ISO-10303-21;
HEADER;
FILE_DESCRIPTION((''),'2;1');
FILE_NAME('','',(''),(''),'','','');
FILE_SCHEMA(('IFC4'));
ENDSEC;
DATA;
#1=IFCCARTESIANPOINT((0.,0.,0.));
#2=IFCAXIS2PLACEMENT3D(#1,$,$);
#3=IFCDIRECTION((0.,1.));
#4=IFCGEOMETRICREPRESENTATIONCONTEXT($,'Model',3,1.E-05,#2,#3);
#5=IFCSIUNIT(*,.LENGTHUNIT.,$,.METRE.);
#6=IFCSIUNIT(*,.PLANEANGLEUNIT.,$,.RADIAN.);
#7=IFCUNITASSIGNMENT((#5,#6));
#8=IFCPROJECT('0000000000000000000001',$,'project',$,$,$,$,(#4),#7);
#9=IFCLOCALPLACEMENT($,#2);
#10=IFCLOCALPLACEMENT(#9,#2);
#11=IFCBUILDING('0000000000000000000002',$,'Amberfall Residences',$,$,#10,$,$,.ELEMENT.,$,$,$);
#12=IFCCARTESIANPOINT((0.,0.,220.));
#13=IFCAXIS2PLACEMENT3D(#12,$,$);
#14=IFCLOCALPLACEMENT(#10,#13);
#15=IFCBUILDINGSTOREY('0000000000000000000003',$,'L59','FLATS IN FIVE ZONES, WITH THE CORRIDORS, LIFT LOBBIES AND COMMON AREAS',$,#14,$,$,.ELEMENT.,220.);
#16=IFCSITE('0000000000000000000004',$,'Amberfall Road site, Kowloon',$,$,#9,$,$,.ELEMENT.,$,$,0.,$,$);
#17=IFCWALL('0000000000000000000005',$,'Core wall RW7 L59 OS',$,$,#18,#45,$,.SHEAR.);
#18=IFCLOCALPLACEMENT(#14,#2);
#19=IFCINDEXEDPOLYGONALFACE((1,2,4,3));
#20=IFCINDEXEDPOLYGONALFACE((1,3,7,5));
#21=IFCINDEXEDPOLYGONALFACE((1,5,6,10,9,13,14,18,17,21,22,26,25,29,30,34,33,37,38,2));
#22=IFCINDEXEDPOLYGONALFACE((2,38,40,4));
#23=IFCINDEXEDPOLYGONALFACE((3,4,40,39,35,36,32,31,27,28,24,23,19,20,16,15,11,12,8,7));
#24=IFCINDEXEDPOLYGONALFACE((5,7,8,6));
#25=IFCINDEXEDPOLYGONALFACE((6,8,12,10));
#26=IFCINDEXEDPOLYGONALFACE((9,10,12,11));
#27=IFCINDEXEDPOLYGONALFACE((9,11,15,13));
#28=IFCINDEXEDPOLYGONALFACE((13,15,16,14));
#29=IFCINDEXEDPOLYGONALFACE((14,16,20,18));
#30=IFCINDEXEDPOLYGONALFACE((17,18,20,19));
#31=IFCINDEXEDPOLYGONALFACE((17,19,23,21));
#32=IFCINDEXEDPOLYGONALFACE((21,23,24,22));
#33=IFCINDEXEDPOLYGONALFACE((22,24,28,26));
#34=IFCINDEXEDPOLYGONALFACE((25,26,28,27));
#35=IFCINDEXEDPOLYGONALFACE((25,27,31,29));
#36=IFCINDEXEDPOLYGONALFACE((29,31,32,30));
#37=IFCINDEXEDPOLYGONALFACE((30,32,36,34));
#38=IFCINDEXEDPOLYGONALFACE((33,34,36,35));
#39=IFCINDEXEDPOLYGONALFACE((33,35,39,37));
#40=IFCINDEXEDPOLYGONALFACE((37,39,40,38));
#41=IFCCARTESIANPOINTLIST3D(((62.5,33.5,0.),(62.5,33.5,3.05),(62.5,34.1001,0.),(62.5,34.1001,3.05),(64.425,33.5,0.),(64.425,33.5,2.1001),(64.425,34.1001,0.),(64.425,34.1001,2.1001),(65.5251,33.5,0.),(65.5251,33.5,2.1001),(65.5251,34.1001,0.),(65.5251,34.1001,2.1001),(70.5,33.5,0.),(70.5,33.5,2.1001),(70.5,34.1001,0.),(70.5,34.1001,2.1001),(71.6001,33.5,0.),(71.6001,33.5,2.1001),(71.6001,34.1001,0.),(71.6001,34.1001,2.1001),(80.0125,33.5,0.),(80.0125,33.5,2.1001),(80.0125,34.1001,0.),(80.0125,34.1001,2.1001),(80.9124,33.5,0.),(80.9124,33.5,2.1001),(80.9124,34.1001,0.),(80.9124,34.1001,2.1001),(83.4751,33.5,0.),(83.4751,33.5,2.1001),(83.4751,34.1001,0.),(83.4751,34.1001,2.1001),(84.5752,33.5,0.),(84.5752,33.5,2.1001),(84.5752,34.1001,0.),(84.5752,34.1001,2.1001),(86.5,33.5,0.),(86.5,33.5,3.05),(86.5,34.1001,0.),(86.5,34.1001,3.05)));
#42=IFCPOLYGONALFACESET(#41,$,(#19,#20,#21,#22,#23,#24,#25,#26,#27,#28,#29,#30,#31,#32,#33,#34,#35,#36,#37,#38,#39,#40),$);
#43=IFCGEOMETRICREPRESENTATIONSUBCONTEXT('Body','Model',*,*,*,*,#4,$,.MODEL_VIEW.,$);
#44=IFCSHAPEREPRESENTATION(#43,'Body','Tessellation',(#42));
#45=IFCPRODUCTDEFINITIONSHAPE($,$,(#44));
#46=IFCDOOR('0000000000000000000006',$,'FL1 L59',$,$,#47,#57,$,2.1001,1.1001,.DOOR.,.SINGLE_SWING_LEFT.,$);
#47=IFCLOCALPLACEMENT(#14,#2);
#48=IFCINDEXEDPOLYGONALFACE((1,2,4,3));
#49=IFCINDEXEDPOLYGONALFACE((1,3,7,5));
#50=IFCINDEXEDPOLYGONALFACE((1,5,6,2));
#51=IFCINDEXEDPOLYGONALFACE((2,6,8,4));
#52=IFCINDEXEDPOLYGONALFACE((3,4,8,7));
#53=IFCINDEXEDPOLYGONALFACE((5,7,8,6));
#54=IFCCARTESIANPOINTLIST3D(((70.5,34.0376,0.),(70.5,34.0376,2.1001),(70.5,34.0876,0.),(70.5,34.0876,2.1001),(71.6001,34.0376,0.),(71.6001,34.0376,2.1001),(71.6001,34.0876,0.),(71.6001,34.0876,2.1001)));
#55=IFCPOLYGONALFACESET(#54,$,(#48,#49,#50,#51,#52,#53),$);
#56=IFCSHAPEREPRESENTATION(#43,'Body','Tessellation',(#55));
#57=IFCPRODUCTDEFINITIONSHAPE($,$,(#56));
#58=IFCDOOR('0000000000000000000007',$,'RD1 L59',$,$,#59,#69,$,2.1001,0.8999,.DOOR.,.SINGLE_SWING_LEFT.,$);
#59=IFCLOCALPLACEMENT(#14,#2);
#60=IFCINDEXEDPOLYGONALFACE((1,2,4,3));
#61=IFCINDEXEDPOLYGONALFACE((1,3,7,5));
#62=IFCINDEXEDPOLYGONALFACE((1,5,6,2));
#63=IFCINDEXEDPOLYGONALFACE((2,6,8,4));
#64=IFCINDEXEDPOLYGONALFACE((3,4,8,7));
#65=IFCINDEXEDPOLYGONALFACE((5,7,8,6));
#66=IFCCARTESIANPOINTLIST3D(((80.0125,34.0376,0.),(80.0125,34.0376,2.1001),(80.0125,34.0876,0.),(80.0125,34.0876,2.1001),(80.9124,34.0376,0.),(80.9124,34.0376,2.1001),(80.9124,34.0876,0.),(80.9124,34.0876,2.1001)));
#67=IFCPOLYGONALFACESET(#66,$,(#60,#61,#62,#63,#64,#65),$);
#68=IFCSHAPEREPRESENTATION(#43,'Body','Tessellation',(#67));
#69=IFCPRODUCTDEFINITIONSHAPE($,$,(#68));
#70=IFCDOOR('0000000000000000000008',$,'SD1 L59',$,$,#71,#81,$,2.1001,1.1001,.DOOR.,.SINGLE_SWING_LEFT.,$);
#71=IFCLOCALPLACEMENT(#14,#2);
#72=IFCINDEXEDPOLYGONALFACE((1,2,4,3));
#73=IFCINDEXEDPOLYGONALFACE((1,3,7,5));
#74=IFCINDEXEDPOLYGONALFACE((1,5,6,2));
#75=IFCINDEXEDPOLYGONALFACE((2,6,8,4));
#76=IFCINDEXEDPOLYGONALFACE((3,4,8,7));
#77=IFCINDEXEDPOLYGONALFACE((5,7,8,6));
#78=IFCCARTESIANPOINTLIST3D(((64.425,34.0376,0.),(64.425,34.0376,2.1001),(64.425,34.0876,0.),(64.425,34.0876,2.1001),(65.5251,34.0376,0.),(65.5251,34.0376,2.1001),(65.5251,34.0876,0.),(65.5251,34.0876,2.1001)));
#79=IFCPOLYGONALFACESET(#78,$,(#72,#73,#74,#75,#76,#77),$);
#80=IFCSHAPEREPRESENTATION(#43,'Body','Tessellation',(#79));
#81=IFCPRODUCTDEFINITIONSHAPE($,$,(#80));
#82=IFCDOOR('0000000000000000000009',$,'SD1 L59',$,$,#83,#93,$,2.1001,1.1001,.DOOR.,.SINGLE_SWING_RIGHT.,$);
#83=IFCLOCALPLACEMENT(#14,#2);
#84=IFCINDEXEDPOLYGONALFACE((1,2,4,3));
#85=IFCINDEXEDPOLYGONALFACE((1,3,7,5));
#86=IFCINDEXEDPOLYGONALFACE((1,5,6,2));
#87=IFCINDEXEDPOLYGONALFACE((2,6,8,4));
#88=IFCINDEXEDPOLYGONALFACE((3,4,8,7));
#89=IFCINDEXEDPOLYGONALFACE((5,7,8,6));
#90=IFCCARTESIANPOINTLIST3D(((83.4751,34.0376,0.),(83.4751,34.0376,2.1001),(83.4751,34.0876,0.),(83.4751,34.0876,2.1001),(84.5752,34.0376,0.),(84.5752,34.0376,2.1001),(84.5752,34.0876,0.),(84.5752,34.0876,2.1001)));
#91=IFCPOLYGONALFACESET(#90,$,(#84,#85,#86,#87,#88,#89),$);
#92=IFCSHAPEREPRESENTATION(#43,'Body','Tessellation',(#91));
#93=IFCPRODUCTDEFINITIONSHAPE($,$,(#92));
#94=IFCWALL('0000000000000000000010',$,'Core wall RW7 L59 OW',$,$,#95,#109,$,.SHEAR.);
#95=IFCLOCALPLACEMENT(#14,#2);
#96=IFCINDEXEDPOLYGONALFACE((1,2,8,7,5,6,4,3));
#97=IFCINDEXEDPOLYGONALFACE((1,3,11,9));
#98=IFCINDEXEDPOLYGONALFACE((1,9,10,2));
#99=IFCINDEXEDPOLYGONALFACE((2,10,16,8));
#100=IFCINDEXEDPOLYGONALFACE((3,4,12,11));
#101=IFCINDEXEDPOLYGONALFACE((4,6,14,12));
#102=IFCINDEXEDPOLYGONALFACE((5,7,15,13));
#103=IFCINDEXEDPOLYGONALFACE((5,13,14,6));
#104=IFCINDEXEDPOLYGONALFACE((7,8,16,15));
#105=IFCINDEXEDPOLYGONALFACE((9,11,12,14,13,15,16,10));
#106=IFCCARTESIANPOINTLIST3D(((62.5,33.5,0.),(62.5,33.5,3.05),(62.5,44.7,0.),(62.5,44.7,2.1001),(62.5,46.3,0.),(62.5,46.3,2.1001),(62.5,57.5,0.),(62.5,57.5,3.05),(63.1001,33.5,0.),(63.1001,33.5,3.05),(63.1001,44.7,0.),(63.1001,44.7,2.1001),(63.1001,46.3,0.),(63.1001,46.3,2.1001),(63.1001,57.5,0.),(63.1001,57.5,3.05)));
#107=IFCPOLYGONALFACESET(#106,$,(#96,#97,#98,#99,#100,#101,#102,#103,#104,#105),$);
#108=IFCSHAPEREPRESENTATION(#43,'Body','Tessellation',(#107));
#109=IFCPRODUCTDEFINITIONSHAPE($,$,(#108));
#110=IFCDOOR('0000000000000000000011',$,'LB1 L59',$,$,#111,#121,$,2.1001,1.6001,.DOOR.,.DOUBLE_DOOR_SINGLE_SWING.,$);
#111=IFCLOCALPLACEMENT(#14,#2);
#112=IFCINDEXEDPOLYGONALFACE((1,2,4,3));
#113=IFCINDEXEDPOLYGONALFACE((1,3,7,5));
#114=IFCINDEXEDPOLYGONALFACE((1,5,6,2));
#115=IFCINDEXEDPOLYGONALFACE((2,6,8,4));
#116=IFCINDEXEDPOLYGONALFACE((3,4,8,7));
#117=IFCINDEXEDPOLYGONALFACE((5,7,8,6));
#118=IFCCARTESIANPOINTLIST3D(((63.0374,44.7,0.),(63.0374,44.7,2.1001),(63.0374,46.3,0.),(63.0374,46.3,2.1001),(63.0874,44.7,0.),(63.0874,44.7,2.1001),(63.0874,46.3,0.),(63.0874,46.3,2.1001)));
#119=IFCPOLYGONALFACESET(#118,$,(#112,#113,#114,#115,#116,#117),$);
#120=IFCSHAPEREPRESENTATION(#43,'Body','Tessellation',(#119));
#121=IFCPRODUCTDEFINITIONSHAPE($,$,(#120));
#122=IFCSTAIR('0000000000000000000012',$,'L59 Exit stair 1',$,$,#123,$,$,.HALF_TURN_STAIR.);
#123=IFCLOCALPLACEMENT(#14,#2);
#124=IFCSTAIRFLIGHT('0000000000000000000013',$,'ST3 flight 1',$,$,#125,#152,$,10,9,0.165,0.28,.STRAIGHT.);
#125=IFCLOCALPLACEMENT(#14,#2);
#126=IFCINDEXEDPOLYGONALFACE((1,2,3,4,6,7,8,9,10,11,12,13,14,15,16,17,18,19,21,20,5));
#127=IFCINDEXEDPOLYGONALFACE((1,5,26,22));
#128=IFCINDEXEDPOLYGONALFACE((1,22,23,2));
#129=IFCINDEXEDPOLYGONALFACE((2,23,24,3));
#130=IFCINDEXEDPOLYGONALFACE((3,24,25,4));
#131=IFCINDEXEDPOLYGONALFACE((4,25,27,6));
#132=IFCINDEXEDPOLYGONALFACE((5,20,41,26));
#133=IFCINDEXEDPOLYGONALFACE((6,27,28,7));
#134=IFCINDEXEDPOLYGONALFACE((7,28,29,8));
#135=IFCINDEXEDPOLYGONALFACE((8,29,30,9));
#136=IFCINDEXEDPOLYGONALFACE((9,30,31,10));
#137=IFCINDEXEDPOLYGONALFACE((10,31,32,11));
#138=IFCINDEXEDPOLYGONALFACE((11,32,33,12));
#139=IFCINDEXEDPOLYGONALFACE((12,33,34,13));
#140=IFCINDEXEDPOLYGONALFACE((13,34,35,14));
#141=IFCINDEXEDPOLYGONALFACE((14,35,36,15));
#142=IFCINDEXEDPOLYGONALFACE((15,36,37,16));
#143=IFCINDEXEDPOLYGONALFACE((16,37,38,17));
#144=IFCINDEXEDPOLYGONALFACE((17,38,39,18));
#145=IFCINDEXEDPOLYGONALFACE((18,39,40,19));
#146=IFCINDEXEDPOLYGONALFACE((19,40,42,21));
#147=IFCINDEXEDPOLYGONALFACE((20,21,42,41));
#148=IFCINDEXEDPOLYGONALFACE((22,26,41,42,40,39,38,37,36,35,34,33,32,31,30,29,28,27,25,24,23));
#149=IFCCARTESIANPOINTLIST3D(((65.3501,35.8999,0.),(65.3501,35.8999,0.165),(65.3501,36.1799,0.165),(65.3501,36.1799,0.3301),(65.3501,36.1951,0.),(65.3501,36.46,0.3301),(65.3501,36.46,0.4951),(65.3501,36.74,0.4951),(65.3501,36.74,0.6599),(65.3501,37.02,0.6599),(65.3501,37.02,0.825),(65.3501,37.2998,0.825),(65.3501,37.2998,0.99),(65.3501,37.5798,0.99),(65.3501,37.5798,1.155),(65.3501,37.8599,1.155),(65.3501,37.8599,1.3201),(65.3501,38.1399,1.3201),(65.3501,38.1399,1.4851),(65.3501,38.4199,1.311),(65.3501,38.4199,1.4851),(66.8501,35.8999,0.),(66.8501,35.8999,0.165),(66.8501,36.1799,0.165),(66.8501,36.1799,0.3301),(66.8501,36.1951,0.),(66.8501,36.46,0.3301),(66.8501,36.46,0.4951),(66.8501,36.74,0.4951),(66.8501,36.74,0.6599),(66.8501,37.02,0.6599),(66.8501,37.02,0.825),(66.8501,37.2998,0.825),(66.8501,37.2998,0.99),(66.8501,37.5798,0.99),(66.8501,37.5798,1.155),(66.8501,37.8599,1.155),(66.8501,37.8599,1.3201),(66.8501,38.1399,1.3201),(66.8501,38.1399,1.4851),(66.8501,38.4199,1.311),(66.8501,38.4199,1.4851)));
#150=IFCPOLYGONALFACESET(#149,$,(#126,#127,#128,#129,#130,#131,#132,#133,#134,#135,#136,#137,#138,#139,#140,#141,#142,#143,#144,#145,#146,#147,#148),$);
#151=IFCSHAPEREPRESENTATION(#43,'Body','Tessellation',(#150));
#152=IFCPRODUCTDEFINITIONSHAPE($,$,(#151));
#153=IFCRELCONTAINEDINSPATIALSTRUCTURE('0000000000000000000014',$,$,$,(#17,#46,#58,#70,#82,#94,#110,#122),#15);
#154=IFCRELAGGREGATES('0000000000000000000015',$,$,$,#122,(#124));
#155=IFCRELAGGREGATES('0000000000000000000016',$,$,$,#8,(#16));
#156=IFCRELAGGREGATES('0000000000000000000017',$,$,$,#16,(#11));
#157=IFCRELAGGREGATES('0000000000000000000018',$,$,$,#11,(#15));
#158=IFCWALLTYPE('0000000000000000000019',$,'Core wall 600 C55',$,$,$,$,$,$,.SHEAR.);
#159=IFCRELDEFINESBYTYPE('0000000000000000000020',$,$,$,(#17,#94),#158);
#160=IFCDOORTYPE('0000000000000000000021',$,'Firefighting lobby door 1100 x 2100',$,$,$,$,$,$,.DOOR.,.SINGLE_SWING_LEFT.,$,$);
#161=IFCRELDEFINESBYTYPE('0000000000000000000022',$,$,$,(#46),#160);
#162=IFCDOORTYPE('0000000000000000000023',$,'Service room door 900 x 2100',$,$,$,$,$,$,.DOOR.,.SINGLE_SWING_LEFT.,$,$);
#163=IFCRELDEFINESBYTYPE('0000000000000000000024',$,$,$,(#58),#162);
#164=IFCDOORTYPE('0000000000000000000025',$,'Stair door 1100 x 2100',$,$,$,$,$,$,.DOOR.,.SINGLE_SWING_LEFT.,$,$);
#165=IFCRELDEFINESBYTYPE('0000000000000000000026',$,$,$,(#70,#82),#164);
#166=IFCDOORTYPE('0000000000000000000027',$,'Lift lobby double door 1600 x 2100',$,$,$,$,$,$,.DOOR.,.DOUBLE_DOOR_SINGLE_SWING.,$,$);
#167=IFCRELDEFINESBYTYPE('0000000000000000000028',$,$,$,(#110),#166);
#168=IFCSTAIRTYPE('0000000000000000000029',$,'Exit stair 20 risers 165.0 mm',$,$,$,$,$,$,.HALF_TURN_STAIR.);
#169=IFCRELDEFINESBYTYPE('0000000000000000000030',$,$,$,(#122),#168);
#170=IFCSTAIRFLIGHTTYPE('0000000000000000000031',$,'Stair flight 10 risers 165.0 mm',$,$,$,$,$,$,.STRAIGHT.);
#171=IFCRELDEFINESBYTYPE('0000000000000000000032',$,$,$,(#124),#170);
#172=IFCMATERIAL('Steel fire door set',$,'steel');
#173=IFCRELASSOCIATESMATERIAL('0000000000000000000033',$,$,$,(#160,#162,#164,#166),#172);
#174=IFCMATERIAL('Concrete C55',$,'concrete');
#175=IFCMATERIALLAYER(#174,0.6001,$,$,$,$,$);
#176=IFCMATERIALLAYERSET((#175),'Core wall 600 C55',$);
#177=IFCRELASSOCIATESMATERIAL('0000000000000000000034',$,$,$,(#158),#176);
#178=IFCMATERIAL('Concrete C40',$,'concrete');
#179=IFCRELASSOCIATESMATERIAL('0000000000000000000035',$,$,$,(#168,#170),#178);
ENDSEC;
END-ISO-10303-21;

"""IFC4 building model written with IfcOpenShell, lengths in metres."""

from ifc_helpers import new_model, si_unit, direction, frame, frame_2d, origin, place, context, subcontext, project, spatial, polyline, rectangle, outline, extrude, material, layer, layer_set, type_object, element, fill, aggregate, save


model = new_model("IFC4")

# Units and contexts
model_context = context("Model", 3, precision=1e-05, world=origin(), true_north=direction((0.0, 1.0)))
body_context = subcontext(model_context, "Body", "Model", "MODEL_VIEW")
ifc_project = project(units=[si_unit("LENGTHUNIT", "METRE"), si_unit("PLANEANGLEUNIT", "RADIAN")], contexts=[model_context])

# Site, building, storey
site_placement = place(None, origin())
site = spatial("IfcSite", under=ifc_project, at=site_placement, Name="Amberfall Road site, Kowloon", CompositionType="ELEMENT", RefElevation=0.0)
building_placement = place(site_placement, origin())
building = spatial("IfcBuilding", under=site, at=building_placement, Name="Amberfall Residences", CompositionType="ELEMENT")
storey_placement = place(building_placement, frame((0.0, 0.0, 220.0)))
storey = spatial("IfcBuildingStorey", under=building, at=storey_placement, Name="L59", Description="FLATS IN FIVE ZONES, WITH THE CORRIDORS, LIFT LOBBIES AND COMMON AREAS", CompositionType="ELEMENT", Elevation=220.0)

# Shared definitions
ifc_material_1 = material(Name="Concrete C55", Category="concrete")

# Shared definitions
ifc_material_2 = material(Name="Steel fire door set", Category="steel")
door_type_1 = type_object("IfcDoorType", Name="Firefighting lobby door 1100 x 2100", OperationType="SINGLE_SWING_LEFT", PredefinedType="DOOR", material=ifc_material_2)

# Wall, openings, doors
ifc_layer_1 = layer(ifc_material_1, 0.6001)
ifc_layer_set_1 = layer_set([ifc_layer_1], Name="Core wall 600 C55")
wall_type_1 = type_object("IfcWallType", Name="Core wall 600 C55", PredefinedType="SHEAR", material=ifc_layer_set_1)
wall_1_placement = place(storey_placement, frame((62.5, 33.8, 0.0), z_axis=(0.0, 0.0, 1.0), x_axis=(1.0, 0.0, 0.0)))
wall_1 = element("IfcWall", 1, at=wall_1_placement, inside=storey, type_object=wall_type_1, Name="Core wall RW7 L59 OS", PredefinedType="SHEAR", context=body_context, shape_type="SweptSolid", body=[
    extrude(rectangle(XDim=24.0, YDim=0.6001, at=frame_2d((12.0, 0.0))), origin(), (0.0, 0.0, 1.0), 3.05),
])
opening_1_placement = place(wall_1_placement, frame((1.925, 0.0, 0.0)))
opening_1 = element("IfcOpeningElement", 2, at=opening_1_placement, cuts=wall_1, PredefinedType="OPENING", context=body_context, shape_type="SweptSolid", body=[
    extrude(rectangle(XDim=1.1001, YDim=2.1001, at=frame_2d((0.55, 1.05))), frame((0.0, 0.3101, 0.0), z_axis=(0.0, -1.0, 0.0), x_axis=(1.0, 0.0, 0.0)), (0.0, 0.0, 1.0), 0.6201),
])
opening_2_placement = place(wall_1_placement, frame((20.9751, 0.0, 0.0)))
opening_2 = element("IfcOpeningElement", 3, at=opening_2_placement, cuts=wall_1, PredefinedType="OPENING", context=body_context, shape_type="SweptSolid", body=[
    extrude(rectangle(XDim=1.1001, YDim=2.1001, at=frame_2d((0.55, 1.05))), frame((0.0, 0.3101, 0.0), z_axis=(0.0, -1.0, 0.0), x_axis=(1.0, 0.0, 0.0)), (0.0, 0.0, 1.0), 0.6201),
])
opening_3_placement = place(wall_1_placement, frame((8.0, 0.0, 0.0)))
opening_3 = element("IfcOpeningElement", 4, at=opening_3_placement, cuts=wall_1, PredefinedType="OPENING", context=body_context, shape_type="SweptSolid", body=[
    extrude(rectangle(XDim=1.1001, YDim=2.1001, at=frame_2d((0.55, 1.05))), frame((0.0, 0.3101, 0.0), z_axis=(0.0, -1.0, 0.0), x_axis=(1.0, 0.0, 0.0)), (0.0, 0.0, 1.0), 0.6201),
])
opening_4_placement = place(wall_1_placement, frame((17.5125, 0.0, 0.0)))
opening_4 = element("IfcOpeningElement", 5, at=opening_4_placement, cuts=wall_1, PredefinedType="OPENING", context=body_context, shape_type="SweptSolid", body=[
    extrude(rectangle(XDim=0.8999, YDim=2.1001, at=frame_2d((0.45, 1.05))), frame((0.0, 0.3101, 0.0), z_axis=(0.0, -1.0, 0.0), x_axis=(1.0, 0.0, 0.0)), (0.0, 0.0, 1.0), 0.6201),
])
door_1_placement = place(opening_3_placement, origin())
door_1 = element("IfcDoor", 6, at=door_1_placement, inside=storey, type_object=door_type_1, Name="FL1 L59", OperationType="SINGLE_SWING_LEFT", OverallHeight=2.1001, OverallWidth=1.1001, PredefinedType="DOOR", context=body_context, shape_type="SweptSolid", body=[
    extrude(rectangle(XDim=1.1001, YDim=2.1001, at=frame_2d((0.55, 1.05))), frame((0.0, 0.2876, 0.0), z_axis=(0.0, -1.0, 0.0), x_axis=(1.0, 0.0, 0.0)), (0.0, 0.0, 1.0), 0.05),
])
fill(opening_3, door_1)
door_type_2 = type_object("IfcDoorType", Name="Service room door 900 x 2100", OperationType="SINGLE_SWING_LEFT", PredefinedType="DOOR", material=ifc_material_2)
door_2_placement = place(opening_4_placement, origin())
door_2 = element("IfcDoor", 7, at=door_2_placement, inside=storey, type_object=door_type_2, Name="RD1 L59", OperationType="SINGLE_SWING_LEFT", OverallHeight=2.1001, OverallWidth=0.8999, PredefinedType="DOOR", context=body_context, shape_type="SweptSolid", body=[
    extrude(rectangle(XDim=0.8999, YDim=2.1001, at=frame_2d((0.45, 1.05))), frame((0.0, 0.2876, 0.0), z_axis=(0.0, -1.0, 0.0), x_axis=(1.0, 0.0, 0.0)), (0.0, 0.0, 1.0), 0.05),
])
fill(opening_4, door_2)
door_type_3 = type_object("IfcDoorType", Name="Stair door 1100 x 2100", OperationType="SINGLE_SWING_LEFT", PredefinedType="DOOR", material=ifc_material_2)
door_3_placement = place(opening_1_placement, origin())
door_3 = element("IfcDoor", 8, at=door_3_placement, inside=storey, type_object=door_type_3, Name="SD1 L59", OperationType="SINGLE_SWING_LEFT", OverallHeight=2.1001, OverallWidth=1.1001, PredefinedType="DOOR", context=body_context, shape_type="SweptSolid", body=[
    extrude(rectangle(XDim=1.1001, YDim=2.1001, at=frame_2d((0.55, 1.05))), frame((0.0, 0.2876, 0.0), z_axis=(0.0, -1.0, 0.0), x_axis=(1.0, 0.0, 0.0)), (0.0, 0.0, 1.0), 0.05),
])
fill(opening_1, door_3)
door_4_placement = place(opening_2_placement, origin())
door_4 = element("IfcDoor", 9, at=door_4_placement, inside=storey, type_object=door_type_3, Name="SD1 L59", OperationType="SINGLE_SWING_RIGHT", OverallHeight=2.1001, OverallWidth=1.1001, PredefinedType="DOOR", context=body_context, shape_type="SweptSolid", body=[
    extrude(rectangle(XDim=1.1001, YDim=2.1001, at=frame_2d((0.55, 1.05))), frame((0.0, 0.2876, 0.0), z_axis=(0.0, -1.0, 0.0), x_axis=(1.0, 0.0, 0.0)), (0.0, 0.0, 1.0), 0.05),
])
fill(opening_2, door_4)

# Wall, opening, door
wall_2_placement = place(storey_placement, frame((62.8, 33.5, 0.0), z_axis=(0.0, 0.0, 1.0), x_axis=(0.0, 1.0, 0.0)))
wall_2 = element("IfcWall", 10, at=wall_2_placement, inside=storey, type_object=wall_type_1, Name="Core wall RW7 L59 OW", PredefinedType="SHEAR", context=body_context, shape_type="SweptSolid", body=[
    extrude(rectangle(XDim=24.0, YDim=0.6001, at=frame_2d((12.0, 0.0))), origin(), (0.0, 0.0, 1.0), 3.05),
])
opening_5_placement = place(wall_2_placement, frame((11.2, 0.0, 0.0)))
opening_5 = element("IfcOpeningElement", 11, at=opening_5_placement, cuts=wall_2, PredefinedType="OPENING", context=body_context, shape_type="SweptSolid", body=[
    extrude(rectangle(XDim=1.6001, YDim=2.1001, at=frame_2d((0.8, 1.05))), frame((0.0, 0.3101, 0.0), z_axis=(0.0, -1.0, 0.0), x_axis=(1.0, 0.0, 0.0)), (0.0, 0.0, 1.0), 0.6201),
])
door_type_4 = type_object("IfcDoorType", Name="Lift lobby double door 1600 x 2100", OperationType="DOUBLE_DOOR_SINGLE_SWING", PredefinedType="DOOR", material=ifc_material_2)
door_5_placement = place(opening_5_placement, origin())
door_5 = element("IfcDoor", 12, at=door_5_placement, inside=storey, type_object=door_type_4, Name="LB1 L59", OperationType="DOUBLE_DOOR_SINGLE_SWING", OverallHeight=2.1001, OverallWidth=1.6001, PredefinedType="DOOR", context=body_context, shape_type="SweptSolid", body=[
    extrude(rectangle(XDim=1.6001, YDim=2.1001, at=frame_2d((0.8, 1.05))), frame((0.0, -0.2373, 0.0), z_axis=(0.0, -1.0, 0.0), x_axis=(1.0, 0.0, 0.0)), (0.0, 0.0, 1.0), 0.05),
])
fill(opening_5, door_5)

# Stair, stair flight
ifc_material_3 = material(Name="Concrete C40", Category="concrete")
stair_type = type_object("IfcStairType", Name="Exit stair 20 risers 165.0 mm", PredefinedType="HALF_TURN_STAIR", material=ifc_material_3)
stair_placement = place(storey_placement, origin())
stair = element("IfcStair", 13, at=stair_placement, inside=storey, type_object=stair_type, Name="L59 Exit stair 1", PredefinedType="HALF_TURN_STAIR")
stair_flight_type = type_object("IfcStairFlightType", Name="Stair flight 10 risers 165.0 mm", PredefinedType="STRAIGHT", material=ifc_material_3)
stair_flight_1_placement = place(storey_placement, frame((66.1001, 35.8999, 0.0), z_axis=(0.0, 0.0, 1.0), x_axis=(0.0, 1.0, 0.0)))
stair_flight_1 = element("IfcStairFlight", 14, at=stair_flight_1_placement, type_object=stair_flight_type, Name="ST3 flight 1", NumberOfRisers=10, NumberOfTreads=9, PredefinedType="STRAIGHT", RiserHeight=0.165, TreadLength=0.28, context=body_context, shape_type="SweptSolid", body=[
    extrude(outline(polyline([(0.0, 0.0), (0.0, 0.165), (0.28, 0.165), (0.28, 0.3301), (0.5601, 0.3301), (0.5601, 0.4951), (0.8401, 0.4951), (0.8401, 0.6599), (1.1201, 0.6599), (1.1201, 0.825), (1.3999, 0.825), (1.3999, 0.99), (1.6799, 0.99), (1.6799, 1.155), (1.96, 1.155), (1.96, 1.3201), (2.24, 1.3201), (2.24, 1.4851), (2.52, 1.4851), (2.52, 1.6499), (2.52, 1.311), (0.2952, 0.0), (0.0, 0.0)])), frame((0.0, 0.75, 0.0), z_axis=(0.0, -1.0, 0.0), x_axis=(1.0, 0.0, 0.0)), (0.0, 0.0, 1.0), 1.5),
])
aggregate(stair, [stair_flight_1])

save(model, "model.ifc")
